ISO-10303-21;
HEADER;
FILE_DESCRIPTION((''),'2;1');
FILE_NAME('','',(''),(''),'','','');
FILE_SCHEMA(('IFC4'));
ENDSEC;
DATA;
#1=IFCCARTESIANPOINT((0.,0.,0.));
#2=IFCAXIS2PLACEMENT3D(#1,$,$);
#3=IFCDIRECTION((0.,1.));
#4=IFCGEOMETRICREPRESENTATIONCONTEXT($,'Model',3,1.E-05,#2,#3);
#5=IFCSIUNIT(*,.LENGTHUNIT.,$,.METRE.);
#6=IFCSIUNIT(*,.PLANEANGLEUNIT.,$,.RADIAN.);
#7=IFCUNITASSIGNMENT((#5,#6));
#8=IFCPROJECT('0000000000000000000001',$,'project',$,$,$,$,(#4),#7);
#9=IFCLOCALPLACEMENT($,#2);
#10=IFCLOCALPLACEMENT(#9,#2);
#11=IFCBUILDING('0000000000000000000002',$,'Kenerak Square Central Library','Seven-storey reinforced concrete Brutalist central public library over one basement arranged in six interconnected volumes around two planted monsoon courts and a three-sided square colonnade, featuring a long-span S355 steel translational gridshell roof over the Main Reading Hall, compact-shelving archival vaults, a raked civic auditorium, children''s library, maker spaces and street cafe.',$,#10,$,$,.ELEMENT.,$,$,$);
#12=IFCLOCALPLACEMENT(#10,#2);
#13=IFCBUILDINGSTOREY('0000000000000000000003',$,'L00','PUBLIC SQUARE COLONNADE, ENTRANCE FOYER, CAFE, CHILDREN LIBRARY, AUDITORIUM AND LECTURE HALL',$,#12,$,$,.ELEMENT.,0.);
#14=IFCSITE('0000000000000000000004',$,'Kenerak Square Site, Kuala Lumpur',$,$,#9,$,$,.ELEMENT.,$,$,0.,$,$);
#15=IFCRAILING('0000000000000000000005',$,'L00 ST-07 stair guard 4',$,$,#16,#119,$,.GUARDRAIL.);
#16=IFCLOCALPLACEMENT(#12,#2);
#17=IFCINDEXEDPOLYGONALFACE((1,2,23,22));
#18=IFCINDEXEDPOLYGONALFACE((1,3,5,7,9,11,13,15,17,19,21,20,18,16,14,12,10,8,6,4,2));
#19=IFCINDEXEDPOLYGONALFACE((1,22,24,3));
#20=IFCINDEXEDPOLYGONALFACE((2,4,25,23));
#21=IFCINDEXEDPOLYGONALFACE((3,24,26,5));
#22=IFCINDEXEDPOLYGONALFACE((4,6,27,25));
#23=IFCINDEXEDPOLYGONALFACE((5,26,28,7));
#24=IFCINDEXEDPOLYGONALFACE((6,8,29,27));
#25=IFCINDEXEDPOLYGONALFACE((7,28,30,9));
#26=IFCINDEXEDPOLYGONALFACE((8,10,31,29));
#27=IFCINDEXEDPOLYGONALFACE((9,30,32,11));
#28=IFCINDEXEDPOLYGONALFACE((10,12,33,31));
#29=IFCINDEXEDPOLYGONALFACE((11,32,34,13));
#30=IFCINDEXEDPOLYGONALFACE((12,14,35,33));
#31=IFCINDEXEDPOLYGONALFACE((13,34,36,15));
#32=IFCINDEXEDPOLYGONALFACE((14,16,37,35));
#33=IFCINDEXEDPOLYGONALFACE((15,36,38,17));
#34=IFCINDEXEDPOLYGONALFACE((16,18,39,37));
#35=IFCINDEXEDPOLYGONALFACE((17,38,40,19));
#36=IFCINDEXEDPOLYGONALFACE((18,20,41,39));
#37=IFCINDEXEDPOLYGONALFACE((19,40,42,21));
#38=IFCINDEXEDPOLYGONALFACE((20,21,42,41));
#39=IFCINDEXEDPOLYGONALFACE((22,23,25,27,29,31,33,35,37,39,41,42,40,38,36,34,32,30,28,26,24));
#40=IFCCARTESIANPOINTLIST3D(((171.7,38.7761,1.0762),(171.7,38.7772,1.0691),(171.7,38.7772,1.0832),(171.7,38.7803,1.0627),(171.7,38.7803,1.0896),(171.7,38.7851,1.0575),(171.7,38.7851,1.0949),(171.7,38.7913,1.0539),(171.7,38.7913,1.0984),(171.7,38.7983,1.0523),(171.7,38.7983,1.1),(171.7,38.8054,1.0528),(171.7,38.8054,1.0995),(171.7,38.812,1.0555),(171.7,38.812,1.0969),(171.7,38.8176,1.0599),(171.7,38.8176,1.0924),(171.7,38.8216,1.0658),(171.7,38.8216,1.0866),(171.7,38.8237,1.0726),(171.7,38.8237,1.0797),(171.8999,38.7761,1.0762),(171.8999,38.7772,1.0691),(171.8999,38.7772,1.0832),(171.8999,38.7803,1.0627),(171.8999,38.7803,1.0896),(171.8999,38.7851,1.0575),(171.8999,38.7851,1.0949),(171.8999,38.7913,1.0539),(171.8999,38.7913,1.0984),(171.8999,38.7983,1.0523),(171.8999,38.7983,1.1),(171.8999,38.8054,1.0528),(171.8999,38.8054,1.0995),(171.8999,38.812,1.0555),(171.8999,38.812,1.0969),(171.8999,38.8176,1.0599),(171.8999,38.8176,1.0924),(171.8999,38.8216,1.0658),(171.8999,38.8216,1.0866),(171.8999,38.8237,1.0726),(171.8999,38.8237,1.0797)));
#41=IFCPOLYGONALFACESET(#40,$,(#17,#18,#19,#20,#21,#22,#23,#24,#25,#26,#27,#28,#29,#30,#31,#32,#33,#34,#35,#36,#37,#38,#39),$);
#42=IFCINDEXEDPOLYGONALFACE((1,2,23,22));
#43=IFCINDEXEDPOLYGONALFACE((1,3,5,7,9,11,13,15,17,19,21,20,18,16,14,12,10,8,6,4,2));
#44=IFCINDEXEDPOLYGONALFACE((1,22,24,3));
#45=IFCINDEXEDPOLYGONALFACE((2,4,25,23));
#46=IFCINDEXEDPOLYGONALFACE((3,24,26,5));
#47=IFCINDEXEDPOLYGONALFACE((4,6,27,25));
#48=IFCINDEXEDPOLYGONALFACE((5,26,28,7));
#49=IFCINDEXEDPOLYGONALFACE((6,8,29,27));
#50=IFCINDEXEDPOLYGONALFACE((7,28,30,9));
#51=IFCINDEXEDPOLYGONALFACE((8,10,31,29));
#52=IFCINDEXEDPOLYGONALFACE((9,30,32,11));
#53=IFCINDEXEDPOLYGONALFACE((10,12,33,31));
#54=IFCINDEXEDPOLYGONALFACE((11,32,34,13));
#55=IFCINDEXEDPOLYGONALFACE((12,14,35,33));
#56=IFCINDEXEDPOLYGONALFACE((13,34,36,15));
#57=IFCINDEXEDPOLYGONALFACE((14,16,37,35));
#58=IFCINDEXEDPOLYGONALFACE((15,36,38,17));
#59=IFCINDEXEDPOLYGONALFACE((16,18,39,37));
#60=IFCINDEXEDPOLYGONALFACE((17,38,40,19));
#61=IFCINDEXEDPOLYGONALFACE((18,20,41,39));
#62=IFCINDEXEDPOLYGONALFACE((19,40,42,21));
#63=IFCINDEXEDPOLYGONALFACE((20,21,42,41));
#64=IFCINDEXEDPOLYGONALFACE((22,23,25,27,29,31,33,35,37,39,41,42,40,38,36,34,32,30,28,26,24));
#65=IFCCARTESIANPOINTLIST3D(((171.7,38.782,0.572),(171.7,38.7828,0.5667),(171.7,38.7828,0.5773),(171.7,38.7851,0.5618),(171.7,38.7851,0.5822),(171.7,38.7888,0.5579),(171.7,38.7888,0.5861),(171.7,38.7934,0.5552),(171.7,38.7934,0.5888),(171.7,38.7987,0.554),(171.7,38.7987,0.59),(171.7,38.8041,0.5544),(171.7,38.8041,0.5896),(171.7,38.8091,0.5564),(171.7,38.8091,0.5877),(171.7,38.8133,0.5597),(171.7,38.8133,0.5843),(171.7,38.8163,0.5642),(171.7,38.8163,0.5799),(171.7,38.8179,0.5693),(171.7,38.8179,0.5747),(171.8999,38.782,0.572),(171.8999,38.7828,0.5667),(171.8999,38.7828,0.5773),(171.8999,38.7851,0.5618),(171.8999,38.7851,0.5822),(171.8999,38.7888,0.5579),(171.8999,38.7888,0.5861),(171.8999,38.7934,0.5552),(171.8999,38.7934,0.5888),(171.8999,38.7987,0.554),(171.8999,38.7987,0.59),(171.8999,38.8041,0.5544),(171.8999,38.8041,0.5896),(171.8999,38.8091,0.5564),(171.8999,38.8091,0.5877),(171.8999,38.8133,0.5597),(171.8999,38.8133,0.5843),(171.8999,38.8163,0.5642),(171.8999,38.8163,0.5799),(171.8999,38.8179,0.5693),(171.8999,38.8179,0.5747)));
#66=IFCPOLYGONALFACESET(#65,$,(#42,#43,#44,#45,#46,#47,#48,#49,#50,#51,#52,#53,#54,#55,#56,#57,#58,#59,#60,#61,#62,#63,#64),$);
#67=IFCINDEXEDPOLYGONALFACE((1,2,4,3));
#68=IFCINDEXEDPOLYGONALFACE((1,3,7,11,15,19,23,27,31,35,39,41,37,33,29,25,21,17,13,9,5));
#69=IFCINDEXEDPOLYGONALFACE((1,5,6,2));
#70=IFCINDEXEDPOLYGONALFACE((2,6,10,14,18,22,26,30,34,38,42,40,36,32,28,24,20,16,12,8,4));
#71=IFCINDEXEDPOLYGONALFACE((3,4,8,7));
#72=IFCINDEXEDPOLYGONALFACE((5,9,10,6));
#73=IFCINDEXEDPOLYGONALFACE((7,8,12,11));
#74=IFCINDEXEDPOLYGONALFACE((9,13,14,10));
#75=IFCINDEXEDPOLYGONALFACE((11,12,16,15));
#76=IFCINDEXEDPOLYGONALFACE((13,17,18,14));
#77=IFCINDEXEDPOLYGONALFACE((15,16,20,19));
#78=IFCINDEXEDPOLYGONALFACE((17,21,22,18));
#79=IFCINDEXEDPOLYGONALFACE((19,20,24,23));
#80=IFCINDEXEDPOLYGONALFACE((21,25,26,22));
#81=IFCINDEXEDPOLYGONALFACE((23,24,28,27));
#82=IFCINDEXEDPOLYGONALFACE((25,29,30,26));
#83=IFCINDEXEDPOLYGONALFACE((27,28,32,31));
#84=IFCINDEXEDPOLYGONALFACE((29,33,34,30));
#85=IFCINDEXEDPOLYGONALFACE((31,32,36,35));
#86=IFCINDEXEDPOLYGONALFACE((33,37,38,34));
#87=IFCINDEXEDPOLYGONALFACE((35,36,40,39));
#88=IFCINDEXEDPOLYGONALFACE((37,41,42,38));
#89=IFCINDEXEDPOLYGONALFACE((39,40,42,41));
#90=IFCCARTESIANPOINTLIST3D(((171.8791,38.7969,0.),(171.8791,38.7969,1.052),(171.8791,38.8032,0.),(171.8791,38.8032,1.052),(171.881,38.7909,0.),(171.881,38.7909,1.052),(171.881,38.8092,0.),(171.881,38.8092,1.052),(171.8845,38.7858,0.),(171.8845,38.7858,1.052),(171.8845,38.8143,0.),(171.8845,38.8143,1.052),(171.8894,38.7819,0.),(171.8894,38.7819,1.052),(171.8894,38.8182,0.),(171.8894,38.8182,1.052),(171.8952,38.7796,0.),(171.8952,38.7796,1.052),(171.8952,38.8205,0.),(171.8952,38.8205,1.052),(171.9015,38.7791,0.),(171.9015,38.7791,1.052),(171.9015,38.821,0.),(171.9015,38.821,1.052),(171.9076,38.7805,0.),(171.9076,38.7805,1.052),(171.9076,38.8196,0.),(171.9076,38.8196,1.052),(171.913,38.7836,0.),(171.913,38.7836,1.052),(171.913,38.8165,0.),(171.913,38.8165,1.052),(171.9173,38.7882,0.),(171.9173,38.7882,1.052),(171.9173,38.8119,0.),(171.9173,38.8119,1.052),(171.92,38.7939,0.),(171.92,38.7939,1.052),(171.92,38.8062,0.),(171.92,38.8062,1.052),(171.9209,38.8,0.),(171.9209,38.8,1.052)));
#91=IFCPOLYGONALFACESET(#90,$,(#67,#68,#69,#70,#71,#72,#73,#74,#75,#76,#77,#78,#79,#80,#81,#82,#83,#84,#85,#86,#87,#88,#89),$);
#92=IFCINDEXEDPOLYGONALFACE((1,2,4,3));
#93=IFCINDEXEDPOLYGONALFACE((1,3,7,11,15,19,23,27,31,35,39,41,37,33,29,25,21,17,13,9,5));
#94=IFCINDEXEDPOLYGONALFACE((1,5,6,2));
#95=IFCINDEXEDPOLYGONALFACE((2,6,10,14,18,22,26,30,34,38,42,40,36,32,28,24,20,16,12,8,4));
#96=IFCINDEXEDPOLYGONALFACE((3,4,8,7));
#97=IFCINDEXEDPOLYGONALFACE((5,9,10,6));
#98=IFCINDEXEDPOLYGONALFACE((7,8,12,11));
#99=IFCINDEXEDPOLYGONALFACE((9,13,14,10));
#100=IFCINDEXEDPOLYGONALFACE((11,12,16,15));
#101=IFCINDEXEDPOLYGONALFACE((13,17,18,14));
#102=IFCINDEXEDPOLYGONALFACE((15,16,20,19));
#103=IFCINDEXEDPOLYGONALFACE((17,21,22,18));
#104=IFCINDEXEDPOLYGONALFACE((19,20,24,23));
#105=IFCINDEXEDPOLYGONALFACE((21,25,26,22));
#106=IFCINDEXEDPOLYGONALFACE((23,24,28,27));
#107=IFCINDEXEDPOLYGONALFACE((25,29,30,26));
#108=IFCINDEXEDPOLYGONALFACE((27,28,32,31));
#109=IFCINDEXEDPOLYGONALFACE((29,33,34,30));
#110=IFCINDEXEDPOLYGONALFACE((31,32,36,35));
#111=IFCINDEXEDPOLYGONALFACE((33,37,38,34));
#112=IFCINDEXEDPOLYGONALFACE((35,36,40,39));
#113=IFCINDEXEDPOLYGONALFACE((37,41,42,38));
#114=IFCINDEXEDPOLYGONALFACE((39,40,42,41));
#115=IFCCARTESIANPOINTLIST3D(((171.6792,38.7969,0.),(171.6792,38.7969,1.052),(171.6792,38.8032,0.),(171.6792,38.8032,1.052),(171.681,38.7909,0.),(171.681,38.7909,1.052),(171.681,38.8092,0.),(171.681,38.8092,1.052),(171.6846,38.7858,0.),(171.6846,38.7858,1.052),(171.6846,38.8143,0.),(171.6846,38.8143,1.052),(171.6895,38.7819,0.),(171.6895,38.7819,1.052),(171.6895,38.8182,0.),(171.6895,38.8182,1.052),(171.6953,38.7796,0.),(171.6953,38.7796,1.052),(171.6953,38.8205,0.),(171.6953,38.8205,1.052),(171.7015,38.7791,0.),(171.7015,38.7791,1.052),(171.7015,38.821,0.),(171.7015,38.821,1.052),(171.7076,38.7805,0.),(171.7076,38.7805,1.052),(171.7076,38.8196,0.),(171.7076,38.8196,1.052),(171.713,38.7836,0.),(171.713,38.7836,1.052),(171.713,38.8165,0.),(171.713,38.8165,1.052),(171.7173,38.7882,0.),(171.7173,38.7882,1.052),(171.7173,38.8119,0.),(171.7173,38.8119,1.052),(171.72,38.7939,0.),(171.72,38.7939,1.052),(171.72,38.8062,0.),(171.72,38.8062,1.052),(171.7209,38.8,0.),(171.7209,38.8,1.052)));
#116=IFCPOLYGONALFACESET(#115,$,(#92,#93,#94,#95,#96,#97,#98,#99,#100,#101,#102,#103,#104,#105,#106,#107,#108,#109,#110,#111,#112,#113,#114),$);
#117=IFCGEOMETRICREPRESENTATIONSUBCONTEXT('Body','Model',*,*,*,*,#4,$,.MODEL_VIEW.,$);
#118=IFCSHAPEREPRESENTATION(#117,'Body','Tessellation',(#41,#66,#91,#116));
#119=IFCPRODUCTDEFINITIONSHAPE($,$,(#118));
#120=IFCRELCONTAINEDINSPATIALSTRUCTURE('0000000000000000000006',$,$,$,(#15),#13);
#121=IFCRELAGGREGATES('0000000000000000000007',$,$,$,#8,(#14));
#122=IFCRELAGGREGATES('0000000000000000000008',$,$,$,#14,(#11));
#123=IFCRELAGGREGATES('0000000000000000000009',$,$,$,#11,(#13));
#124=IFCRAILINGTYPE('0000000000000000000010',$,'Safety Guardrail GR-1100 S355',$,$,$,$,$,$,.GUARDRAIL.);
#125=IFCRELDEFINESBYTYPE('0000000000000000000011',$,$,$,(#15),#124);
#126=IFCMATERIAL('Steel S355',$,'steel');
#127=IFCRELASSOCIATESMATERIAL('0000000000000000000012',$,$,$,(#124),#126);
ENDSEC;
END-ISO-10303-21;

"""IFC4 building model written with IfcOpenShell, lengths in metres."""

from ifc_helpers import new_model, si_unit, direction, frame, origin, origin_2d, place, context, subcontext, project, spatial, circle, extrude, material, type_object, element, save


model = new_model("IFC4")

# Units and contexts
model_context = context("Model", 3, precision=1e-05, world=origin(), true_north=direction((0.0, 1.0)))
body_context = subcontext(model_context, "Body", "Model", "MODEL_VIEW")
ifc_project = project(units=[si_unit("LENGTHUNIT", "METRE"), si_unit("PLANEANGLEUNIT", "RADIAN")], contexts=[model_context])

# Site, building, storey
site_placement = place(None, origin())
site = spatial("IfcSite", under=ifc_project, at=site_placement, Name="Kenerak Square Site, Kuala Lumpur", CompositionType="ELEMENT", RefElevation=0.0)
building_placement = place(site_placement, origin())
building = spatial("IfcBuilding", under=site, at=building_placement, Name="Kenerak Square Central Library", Description="Seven-storey reinforced concrete Brutalist central public library over one basement arranged in six interconnected volumes around two planted monsoon courts and a three-sided square colonnade, featuring a long-span S355 steel translational gridshell roof over the Main Reading Hall, compact-shelving archival vaults, a raked civic auditorium, children's library, maker spaces and street cafe.", CompositionType="ELEMENT")
storey_placement = place(building_placement, origin())
storey = spatial("IfcBuildingStorey", under=building, at=storey_placement, Name="L00", Description="PUBLIC SQUARE COLONNADE, ENTRANCE FOYER, CAFE, CHILDREN LIBRARY, AUDITORIUM AND LECTURE HALL", CompositionType="ELEMENT", Elevation=0.0)

# Railing
ifc_material_1 = material(Name="Steel S355", Category="steel")
railing_type_1 = type_object("IfcRailingType", Name="Safety Guardrail GR-1100 S355", PredefinedType="GUARDRAIL", material=ifc_material_1)
railing_1_placement = place(storey_placement, frame((171.8999, 38.8, 0.0)))
element("IfcRailing", 1, at=railing_1_placement, inside=storey, type_object=railing_type_1, Name="L00 ST-07 stair guard 4", PredefinedType="GUARDRAIL", context=body_context, shape_type="SweptSolid", body=[
    extrude(circle(Radius=0.0239, at=origin_2d()), frame((0.0, 0.0, 1.0762), z_axis=(-1.0, 0.0, 0.0), x_axis=(0.0, -1.0, 0.0)), (0.0, 0.0, 1.0), 0.2),
    extrude(circle(Radius=0.0181, at=origin_2d()), frame((0.0, 0.0, 0.572), z_axis=(-1.0, 0.0, 0.0), x_axis=(0.0, -1.0, 0.0)), (0.0, 0.0, 1.0), 0.2),
    extrude(circle(Radius=0.021, at=origin_2d()), origin(), (0.0, 0.0, 1.0), 1.052),
    extrude(circle(Radius=0.021, at=origin_2d()), frame((-0.2, 0.0, 0.0)), (0.0, 0.0, 1.0), 1.052),
])

save(model, "model.ifc")
